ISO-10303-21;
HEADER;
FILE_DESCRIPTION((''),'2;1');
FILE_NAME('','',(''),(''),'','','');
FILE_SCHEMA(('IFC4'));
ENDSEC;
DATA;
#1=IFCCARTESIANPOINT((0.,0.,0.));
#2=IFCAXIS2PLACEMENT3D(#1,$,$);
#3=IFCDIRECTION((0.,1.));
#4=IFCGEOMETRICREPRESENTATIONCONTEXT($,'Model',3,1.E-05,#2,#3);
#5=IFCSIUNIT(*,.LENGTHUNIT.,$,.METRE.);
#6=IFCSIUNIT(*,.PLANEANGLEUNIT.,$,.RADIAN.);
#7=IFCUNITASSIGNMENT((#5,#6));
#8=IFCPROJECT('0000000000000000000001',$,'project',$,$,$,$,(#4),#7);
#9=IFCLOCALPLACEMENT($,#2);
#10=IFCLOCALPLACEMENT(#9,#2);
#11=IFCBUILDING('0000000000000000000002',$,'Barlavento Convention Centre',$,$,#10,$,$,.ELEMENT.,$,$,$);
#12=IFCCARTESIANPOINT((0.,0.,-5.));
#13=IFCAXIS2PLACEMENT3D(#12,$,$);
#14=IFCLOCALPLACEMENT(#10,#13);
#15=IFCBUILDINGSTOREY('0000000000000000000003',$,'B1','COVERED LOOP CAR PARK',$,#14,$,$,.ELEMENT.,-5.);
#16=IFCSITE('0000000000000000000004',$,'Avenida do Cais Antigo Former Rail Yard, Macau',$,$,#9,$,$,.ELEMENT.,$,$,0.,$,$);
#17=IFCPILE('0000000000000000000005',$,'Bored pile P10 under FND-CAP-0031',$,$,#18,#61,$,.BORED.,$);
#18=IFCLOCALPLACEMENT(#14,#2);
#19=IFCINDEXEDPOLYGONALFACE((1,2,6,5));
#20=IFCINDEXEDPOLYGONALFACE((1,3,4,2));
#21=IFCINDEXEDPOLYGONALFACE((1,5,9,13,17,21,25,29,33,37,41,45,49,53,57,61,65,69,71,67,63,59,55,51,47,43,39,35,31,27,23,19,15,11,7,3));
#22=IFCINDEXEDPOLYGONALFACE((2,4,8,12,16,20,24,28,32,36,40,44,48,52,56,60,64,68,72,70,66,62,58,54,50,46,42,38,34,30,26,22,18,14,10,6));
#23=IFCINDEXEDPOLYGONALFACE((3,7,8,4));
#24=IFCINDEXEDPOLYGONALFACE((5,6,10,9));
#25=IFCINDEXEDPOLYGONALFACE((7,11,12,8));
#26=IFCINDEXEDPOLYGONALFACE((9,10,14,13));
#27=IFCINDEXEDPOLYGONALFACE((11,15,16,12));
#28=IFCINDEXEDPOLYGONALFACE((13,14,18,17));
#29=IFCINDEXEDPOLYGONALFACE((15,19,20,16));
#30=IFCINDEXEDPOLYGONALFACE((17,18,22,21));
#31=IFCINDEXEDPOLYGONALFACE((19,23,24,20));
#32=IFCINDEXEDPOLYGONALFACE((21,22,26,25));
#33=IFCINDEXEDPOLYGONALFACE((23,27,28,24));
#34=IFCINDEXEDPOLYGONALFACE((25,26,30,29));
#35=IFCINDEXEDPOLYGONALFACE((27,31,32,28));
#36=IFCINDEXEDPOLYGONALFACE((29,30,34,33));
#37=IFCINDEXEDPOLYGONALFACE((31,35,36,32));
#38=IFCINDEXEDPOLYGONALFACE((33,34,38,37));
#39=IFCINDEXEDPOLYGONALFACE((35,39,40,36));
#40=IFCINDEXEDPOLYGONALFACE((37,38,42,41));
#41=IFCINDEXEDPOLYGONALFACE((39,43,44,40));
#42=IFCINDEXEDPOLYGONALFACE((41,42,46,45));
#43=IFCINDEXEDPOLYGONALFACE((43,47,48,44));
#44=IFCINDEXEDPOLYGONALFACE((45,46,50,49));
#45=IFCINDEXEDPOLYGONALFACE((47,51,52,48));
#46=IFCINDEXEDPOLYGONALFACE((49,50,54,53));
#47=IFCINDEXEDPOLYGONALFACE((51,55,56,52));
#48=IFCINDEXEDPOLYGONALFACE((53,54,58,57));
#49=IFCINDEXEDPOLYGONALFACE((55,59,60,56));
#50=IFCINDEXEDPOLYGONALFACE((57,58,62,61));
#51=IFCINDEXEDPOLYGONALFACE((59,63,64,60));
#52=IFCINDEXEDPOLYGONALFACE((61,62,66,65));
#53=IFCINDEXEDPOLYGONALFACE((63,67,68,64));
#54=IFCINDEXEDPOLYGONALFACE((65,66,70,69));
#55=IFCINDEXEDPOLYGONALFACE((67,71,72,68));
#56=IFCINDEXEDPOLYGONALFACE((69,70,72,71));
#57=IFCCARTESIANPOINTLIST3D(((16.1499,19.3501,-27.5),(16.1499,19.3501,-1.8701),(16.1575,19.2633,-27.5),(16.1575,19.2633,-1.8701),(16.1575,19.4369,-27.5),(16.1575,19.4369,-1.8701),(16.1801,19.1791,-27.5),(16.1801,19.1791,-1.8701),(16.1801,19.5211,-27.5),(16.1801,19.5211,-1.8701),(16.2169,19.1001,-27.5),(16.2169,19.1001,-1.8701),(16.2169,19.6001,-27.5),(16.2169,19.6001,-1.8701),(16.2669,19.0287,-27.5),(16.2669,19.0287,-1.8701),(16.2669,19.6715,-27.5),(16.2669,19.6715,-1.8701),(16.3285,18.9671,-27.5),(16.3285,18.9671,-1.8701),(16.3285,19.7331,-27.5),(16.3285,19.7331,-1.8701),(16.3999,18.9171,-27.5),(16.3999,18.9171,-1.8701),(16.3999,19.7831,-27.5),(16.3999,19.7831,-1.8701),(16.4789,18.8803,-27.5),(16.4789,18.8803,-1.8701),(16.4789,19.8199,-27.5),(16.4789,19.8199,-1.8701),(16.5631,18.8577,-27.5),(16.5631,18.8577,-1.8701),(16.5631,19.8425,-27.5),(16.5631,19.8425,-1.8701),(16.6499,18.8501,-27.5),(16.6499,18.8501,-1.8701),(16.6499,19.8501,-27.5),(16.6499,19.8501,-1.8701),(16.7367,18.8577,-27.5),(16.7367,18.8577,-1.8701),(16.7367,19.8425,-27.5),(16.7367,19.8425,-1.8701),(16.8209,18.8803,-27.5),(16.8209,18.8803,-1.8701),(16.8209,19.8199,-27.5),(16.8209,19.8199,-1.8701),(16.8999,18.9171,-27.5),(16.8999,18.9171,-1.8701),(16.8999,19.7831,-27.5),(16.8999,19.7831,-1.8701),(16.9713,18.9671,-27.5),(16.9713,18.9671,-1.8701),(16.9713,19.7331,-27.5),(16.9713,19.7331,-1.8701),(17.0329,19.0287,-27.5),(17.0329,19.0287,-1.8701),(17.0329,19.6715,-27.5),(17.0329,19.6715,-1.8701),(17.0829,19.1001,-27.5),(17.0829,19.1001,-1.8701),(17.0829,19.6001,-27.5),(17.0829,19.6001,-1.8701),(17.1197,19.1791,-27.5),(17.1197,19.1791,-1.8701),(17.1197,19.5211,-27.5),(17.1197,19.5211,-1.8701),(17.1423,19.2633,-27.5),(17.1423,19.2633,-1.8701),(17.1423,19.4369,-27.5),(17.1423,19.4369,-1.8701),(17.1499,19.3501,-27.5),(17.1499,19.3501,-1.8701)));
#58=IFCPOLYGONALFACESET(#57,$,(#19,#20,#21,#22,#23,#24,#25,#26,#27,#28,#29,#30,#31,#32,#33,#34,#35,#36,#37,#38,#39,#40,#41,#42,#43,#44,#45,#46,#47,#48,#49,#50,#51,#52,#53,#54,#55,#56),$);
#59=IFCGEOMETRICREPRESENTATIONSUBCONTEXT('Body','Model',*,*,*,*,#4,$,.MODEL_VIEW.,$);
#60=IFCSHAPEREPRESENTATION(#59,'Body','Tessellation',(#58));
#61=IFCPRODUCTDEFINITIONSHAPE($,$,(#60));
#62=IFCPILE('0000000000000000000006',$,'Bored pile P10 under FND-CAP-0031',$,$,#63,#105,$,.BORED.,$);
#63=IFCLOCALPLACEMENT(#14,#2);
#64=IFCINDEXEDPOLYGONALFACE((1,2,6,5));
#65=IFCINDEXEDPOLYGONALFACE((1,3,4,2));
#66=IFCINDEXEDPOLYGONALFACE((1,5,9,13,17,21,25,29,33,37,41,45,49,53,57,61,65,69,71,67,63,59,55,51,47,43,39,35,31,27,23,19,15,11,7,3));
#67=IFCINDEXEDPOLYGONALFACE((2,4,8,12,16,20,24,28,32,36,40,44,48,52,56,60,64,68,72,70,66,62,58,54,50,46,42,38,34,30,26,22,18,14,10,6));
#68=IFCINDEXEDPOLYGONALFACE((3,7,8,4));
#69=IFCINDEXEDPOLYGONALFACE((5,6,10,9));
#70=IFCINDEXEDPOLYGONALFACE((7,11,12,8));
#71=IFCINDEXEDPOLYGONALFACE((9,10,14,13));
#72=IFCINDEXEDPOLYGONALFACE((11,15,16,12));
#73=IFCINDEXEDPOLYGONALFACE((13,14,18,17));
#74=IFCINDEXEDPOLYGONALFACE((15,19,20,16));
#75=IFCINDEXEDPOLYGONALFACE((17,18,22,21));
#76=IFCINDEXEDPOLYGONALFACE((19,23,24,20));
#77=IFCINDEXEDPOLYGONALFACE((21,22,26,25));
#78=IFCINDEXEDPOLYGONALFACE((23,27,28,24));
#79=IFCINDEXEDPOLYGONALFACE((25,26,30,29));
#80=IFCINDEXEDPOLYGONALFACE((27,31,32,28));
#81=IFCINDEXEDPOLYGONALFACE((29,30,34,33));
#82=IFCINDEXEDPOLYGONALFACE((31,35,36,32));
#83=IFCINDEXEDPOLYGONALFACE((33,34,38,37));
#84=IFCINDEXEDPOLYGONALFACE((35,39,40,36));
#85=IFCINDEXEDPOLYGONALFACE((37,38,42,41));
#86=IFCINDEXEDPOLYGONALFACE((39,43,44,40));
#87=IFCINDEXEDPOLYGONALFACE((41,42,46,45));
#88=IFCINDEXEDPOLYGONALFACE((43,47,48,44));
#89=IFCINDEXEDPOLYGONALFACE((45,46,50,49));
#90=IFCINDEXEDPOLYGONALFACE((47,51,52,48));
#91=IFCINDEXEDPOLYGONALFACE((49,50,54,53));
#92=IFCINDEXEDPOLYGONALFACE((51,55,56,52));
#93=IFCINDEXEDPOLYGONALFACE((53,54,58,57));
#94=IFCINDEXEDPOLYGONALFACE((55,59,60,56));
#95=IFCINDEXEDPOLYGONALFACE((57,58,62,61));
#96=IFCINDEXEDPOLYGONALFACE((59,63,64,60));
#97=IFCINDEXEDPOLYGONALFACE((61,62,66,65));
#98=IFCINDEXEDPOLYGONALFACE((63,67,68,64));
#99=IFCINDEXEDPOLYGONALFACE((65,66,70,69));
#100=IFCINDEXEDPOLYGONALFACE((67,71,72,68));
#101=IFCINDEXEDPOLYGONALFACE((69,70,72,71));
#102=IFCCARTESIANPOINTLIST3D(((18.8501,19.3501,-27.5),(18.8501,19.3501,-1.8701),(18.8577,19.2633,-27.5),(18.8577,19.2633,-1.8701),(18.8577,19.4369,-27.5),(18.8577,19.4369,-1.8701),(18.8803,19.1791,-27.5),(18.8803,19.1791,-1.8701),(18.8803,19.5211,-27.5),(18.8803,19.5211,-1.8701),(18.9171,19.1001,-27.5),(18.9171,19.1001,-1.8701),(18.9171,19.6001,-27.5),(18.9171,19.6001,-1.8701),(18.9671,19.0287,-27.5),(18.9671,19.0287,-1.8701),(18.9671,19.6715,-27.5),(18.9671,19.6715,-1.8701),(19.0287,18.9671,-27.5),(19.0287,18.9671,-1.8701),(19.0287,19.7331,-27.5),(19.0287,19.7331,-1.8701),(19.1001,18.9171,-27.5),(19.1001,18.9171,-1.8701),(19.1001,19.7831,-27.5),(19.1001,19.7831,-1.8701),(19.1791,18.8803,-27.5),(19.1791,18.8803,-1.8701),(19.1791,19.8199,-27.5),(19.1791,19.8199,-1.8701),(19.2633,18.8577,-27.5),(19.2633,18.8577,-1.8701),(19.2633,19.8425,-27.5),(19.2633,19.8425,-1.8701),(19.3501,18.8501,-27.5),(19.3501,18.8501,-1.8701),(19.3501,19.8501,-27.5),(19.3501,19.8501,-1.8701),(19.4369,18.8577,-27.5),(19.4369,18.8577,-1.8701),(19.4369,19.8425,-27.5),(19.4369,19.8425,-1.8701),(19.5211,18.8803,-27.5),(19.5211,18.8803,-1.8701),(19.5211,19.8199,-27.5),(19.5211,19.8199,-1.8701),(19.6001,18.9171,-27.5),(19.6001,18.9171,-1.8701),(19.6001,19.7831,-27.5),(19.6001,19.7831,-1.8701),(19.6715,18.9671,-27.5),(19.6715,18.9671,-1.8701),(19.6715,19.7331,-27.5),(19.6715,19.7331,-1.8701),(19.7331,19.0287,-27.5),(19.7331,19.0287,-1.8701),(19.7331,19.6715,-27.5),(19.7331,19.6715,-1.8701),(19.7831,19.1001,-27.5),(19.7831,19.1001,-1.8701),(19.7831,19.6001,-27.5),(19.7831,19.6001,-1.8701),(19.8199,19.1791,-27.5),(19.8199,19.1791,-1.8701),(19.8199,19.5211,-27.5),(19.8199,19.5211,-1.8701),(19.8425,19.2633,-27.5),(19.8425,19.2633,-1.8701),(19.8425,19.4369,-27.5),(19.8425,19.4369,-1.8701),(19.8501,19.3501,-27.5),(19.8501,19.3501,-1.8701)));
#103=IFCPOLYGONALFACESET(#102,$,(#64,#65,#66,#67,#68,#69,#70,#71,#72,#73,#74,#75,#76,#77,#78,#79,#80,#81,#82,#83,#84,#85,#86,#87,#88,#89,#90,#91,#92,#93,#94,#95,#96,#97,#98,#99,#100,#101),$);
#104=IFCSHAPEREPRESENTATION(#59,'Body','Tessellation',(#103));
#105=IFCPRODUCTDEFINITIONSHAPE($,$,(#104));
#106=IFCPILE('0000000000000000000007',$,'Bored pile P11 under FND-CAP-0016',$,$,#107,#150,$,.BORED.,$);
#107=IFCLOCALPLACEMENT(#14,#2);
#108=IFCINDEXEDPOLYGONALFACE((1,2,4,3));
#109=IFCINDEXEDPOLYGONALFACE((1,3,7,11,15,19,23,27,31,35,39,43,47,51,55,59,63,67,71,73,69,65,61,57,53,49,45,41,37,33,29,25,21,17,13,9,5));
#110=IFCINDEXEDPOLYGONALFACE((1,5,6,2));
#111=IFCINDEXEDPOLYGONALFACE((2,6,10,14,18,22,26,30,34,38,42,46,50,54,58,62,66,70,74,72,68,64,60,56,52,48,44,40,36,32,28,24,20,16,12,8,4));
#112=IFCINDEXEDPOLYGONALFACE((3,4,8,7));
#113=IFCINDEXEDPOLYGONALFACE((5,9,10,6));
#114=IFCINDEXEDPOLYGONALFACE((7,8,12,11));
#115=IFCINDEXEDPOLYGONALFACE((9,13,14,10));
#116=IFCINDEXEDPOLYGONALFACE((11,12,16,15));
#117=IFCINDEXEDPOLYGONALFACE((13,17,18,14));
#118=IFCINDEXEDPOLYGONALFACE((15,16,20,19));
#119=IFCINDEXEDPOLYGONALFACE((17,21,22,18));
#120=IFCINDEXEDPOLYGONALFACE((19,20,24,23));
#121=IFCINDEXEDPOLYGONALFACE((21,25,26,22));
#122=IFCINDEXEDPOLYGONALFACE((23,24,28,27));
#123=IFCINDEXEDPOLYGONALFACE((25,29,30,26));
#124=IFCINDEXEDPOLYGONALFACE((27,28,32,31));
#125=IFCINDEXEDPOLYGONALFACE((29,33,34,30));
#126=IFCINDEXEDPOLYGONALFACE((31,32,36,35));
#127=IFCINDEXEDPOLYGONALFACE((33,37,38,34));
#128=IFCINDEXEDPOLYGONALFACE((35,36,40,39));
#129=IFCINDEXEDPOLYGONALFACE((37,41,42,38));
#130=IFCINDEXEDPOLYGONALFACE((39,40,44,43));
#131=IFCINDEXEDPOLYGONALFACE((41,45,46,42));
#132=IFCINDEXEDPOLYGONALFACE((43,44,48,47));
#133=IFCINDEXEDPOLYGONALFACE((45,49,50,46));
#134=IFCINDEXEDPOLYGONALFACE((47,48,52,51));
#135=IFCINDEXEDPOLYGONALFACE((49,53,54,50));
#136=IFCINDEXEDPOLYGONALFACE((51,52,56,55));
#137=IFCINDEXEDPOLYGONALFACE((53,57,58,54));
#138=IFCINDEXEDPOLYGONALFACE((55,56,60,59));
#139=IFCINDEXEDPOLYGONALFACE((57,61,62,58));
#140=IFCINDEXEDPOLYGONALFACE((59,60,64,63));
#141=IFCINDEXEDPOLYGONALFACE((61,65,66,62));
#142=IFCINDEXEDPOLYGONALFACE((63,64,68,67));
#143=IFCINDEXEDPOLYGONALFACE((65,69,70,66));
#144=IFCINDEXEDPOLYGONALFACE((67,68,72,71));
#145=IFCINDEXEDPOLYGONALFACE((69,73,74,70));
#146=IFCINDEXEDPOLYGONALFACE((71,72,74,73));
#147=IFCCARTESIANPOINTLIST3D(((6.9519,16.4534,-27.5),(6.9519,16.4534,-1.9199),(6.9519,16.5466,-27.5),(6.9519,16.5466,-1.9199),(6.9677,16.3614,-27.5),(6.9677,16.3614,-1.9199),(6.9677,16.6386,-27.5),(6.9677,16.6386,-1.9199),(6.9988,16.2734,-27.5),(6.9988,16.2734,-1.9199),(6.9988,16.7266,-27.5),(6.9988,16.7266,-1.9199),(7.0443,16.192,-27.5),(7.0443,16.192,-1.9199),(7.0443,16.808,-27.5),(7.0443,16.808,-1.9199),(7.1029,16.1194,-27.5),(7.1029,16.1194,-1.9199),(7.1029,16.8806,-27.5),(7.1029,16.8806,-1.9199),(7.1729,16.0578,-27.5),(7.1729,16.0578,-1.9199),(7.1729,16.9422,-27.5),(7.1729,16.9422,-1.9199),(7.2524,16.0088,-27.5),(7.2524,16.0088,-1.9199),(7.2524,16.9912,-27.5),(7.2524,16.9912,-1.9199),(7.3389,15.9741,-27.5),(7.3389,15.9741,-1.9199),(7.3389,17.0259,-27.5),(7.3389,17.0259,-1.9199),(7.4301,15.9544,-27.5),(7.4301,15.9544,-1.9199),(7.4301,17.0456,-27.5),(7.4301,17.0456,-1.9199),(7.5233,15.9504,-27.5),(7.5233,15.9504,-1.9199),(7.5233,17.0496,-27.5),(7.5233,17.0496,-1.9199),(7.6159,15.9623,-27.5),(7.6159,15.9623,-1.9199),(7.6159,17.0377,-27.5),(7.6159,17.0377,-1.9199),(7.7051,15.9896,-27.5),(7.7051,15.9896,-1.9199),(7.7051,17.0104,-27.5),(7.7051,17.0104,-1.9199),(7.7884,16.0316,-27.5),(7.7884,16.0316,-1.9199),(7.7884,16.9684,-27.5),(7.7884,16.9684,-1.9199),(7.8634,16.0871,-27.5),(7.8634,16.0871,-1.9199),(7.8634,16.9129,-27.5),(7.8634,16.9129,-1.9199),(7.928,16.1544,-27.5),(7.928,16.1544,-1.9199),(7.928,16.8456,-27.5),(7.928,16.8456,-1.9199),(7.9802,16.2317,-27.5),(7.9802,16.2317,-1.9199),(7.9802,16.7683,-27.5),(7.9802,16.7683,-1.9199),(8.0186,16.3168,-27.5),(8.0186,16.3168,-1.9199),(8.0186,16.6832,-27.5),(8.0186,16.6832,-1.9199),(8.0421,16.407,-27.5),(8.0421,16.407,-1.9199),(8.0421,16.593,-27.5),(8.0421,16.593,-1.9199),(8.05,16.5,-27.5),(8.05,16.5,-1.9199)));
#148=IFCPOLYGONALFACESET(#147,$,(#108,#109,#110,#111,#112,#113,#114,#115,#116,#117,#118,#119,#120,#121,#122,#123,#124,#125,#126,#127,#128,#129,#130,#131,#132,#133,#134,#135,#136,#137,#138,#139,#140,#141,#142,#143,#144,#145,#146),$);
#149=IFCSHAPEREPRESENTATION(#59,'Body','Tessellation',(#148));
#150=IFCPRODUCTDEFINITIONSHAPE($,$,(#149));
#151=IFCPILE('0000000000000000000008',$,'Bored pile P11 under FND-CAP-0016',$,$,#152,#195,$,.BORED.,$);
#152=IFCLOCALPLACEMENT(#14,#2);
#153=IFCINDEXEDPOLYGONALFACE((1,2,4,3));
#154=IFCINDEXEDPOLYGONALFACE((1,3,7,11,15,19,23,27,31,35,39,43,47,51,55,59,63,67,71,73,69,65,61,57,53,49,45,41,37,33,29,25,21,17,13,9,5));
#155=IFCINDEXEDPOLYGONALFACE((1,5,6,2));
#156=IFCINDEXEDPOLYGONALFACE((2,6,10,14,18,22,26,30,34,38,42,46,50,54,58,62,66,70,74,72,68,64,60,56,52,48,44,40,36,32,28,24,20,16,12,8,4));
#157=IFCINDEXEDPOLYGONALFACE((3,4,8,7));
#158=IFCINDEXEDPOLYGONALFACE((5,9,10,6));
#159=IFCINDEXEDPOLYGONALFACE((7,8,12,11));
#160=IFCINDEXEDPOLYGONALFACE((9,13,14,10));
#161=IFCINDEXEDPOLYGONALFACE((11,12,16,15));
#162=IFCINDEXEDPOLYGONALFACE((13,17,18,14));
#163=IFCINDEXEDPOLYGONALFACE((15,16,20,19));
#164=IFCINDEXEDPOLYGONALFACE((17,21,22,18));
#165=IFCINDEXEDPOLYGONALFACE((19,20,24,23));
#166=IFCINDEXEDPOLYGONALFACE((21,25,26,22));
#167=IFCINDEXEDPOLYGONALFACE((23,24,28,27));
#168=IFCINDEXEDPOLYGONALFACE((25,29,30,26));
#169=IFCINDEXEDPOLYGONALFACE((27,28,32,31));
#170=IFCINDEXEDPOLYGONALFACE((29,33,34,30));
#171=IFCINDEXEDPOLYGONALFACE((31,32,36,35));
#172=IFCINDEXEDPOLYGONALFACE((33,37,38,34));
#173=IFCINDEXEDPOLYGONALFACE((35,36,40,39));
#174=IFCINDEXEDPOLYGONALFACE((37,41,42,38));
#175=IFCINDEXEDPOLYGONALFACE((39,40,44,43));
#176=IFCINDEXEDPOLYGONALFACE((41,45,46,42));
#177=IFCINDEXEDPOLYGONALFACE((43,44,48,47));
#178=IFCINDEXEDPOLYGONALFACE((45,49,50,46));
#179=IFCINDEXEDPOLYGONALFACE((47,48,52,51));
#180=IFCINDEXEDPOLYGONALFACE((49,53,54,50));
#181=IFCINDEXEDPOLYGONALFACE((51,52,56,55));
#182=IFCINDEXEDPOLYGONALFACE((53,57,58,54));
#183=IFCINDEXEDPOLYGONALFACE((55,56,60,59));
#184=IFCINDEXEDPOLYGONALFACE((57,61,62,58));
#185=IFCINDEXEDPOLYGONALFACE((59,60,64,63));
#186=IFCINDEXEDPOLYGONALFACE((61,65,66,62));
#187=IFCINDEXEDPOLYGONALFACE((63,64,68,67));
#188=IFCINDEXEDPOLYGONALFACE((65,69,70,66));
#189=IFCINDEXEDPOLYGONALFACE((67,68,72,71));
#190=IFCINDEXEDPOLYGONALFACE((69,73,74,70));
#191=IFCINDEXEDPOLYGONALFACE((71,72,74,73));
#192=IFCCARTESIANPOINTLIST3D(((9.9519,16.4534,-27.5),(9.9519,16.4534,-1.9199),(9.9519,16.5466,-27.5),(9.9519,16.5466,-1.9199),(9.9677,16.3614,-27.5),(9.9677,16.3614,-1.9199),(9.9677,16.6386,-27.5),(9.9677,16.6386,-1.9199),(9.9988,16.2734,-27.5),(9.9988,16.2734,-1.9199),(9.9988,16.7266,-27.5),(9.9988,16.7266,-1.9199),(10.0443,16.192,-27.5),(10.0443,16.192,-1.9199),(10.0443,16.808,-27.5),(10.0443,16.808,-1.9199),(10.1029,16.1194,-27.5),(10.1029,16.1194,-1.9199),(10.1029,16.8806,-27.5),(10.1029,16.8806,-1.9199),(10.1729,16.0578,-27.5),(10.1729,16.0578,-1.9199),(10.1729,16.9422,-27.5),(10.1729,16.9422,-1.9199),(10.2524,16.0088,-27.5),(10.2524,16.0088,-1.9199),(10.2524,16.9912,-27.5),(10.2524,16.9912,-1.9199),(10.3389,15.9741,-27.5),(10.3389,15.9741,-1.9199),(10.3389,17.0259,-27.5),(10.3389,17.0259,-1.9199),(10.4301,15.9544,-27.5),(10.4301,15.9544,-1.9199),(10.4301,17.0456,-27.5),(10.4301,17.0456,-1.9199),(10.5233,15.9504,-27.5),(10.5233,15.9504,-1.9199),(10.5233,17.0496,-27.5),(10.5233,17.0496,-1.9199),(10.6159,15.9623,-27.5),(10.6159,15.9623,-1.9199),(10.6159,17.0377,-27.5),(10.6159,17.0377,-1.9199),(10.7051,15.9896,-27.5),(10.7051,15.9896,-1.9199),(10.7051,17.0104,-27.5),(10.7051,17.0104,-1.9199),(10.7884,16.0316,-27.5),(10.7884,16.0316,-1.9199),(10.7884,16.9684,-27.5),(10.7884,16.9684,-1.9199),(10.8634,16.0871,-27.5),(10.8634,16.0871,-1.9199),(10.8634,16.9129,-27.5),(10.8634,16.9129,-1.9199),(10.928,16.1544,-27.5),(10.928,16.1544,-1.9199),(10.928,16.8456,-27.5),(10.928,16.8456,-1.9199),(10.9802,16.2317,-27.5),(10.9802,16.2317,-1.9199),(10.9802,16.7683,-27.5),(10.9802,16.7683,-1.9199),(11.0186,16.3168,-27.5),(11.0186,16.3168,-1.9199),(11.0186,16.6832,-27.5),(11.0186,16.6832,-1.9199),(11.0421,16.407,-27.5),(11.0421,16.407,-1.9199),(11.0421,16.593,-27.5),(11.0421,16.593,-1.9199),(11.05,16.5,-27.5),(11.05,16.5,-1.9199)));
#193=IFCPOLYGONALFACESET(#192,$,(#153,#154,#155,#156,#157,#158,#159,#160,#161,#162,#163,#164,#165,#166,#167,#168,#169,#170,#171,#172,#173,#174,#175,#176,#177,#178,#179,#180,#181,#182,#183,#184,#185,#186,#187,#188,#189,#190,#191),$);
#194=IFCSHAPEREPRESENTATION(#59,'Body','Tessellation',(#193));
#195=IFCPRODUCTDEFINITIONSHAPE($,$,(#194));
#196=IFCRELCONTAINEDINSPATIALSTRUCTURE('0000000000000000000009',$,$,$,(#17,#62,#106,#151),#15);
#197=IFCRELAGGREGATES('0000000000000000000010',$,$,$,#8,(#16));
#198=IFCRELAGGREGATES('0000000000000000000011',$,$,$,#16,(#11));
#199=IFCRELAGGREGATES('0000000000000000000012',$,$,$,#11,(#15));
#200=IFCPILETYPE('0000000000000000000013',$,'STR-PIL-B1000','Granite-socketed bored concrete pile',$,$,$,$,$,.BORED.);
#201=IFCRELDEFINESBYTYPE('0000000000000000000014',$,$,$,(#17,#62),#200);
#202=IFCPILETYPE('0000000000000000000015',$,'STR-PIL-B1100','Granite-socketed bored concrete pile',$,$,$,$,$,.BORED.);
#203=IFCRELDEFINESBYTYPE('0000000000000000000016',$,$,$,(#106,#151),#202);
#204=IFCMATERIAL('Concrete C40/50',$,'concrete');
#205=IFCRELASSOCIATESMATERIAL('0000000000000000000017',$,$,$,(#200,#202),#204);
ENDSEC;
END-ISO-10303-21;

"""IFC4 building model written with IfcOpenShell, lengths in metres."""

from ifc_helpers import new_model, si_unit, direction, frame, origin, origin_2d, place, context, subcontext, project, spatial, circle, extrude, material, material_profile, profile_set, type_object, element, save


model = new_model("IFC4")

# Units and contexts
model_context = context("Model", 3, precision=1e-05, world=origin(), true_north=direction((0.0, 1.0)))
body_context = subcontext(model_context, "Body", "Model", "MODEL_VIEW")
ifc_project = project(units=[si_unit("LENGTHUNIT", "METRE"), si_unit("PLANEANGLEUNIT", "RADIAN")], contexts=[model_context])

# Site, building, storey
site_placement = place(None, origin())
site = spatial("IfcSite", under=ifc_project, at=site_placement, Name="Avenida do Cais Antigo Former Rail Yard, Macau", CompositionType="ELEMENT", RefElevation=0.0)
building_placement = place(site_placement, origin())
building = spatial("IfcBuilding", under=site, at=building_placement, Name="Barlavento Convention Centre", CompositionType="ELEMENT")
storey_placement = place(building_placement, frame((0.0, 0.0, -5.0)))
storey = spatial("IfcBuildingStorey", under=building, at=storey_placement, Name="B1", Description="COVERED LOOP CAR PARK", CompositionType="ELEMENT", Elevation=-5.0)

# Shared definitions
ifc_material_1 = material(Name="Concrete C40/50", Category="concrete")

# Piles
ifc_material_profile_1 = material_profile(ifc_material_1, circle(Radius=0.5, at=origin_2d()), Name="BORED PILE 1000")
ifc_profile_set_1 = profile_set([ifc_material_profile_1], Name="Concrete C40/50")
pile_type_1 = type_object("IfcPileType", Name="STR-PIL-B1000", Description="Granite-socketed bored concrete pile", PredefinedType="BORED", material=ifc_profile_set_1)
for number, where, z_axis, x_axis, name in (
    (1, (16.6499, 19.3501, -1.8701), (0.0, 0.0, -1.0), (1.0, 0.0, 0.0), "Bored pile P10 under FND-CAP-0031"),
    (2, (19.3501, 19.3501, -1.8701), (0.0, 0.0, -1.0), (1.0, 0.0, 0.0), "Bored pile P10 under FND-CAP-0031"),
):
    element("IfcPile", number, at=place(storey_placement, frame(where, z_axis=z_axis, x_axis=x_axis)), inside=storey, type_object=pile_type_1, Name=name, PredefinedType="BORED", context=body_context, shape_type="SweptSolid", body=[
        extrude(circle(Radius=0.5, at=origin_2d()), origin(), (0.0, 0.0, 1.0), 25.6299),
    ])
ifc_material_profile_2 = material_profile(ifc_material_1, circle(Radius=0.55, at=origin_2d()), Name="BORED PILE 1100")
ifc_profile_set_2 = profile_set([ifc_material_profile_2], Name="Concrete C40/50")
pile_type_2 = type_object("IfcPileType", Name="STR-PIL-B1100", Description="Granite-socketed bored concrete pile", PredefinedType="BORED", material=ifc_profile_set_2)
for number, where, z_axis, x_axis, name in (
    (3, (7.5, 16.5, -1.9199), (0.0, 0.0, -1.0), (1.0, 0.0, 0.0), "Bored pile P11 under FND-CAP-0016"),
    (4, (10.5, 16.5, -1.9199), (0.0, 0.0, -1.0), (1.0, 0.0, 0.0), "Bored pile P11 under FND-CAP-0016"),
):
    element("IfcPile", number, at=place(storey_placement, frame(where, z_axis=z_axis, x_axis=x_axis)), inside=storey, type_object=pile_type_2, Name=name, PredefinedType="BORED", context=body_context, shape_type="SweptSolid", body=[
        extrude(circle(Radius=0.55, at=origin_2d()), origin(), (0.0, 0.0, 1.0), 25.5801),
    ])

save(model, "model.ifc")
